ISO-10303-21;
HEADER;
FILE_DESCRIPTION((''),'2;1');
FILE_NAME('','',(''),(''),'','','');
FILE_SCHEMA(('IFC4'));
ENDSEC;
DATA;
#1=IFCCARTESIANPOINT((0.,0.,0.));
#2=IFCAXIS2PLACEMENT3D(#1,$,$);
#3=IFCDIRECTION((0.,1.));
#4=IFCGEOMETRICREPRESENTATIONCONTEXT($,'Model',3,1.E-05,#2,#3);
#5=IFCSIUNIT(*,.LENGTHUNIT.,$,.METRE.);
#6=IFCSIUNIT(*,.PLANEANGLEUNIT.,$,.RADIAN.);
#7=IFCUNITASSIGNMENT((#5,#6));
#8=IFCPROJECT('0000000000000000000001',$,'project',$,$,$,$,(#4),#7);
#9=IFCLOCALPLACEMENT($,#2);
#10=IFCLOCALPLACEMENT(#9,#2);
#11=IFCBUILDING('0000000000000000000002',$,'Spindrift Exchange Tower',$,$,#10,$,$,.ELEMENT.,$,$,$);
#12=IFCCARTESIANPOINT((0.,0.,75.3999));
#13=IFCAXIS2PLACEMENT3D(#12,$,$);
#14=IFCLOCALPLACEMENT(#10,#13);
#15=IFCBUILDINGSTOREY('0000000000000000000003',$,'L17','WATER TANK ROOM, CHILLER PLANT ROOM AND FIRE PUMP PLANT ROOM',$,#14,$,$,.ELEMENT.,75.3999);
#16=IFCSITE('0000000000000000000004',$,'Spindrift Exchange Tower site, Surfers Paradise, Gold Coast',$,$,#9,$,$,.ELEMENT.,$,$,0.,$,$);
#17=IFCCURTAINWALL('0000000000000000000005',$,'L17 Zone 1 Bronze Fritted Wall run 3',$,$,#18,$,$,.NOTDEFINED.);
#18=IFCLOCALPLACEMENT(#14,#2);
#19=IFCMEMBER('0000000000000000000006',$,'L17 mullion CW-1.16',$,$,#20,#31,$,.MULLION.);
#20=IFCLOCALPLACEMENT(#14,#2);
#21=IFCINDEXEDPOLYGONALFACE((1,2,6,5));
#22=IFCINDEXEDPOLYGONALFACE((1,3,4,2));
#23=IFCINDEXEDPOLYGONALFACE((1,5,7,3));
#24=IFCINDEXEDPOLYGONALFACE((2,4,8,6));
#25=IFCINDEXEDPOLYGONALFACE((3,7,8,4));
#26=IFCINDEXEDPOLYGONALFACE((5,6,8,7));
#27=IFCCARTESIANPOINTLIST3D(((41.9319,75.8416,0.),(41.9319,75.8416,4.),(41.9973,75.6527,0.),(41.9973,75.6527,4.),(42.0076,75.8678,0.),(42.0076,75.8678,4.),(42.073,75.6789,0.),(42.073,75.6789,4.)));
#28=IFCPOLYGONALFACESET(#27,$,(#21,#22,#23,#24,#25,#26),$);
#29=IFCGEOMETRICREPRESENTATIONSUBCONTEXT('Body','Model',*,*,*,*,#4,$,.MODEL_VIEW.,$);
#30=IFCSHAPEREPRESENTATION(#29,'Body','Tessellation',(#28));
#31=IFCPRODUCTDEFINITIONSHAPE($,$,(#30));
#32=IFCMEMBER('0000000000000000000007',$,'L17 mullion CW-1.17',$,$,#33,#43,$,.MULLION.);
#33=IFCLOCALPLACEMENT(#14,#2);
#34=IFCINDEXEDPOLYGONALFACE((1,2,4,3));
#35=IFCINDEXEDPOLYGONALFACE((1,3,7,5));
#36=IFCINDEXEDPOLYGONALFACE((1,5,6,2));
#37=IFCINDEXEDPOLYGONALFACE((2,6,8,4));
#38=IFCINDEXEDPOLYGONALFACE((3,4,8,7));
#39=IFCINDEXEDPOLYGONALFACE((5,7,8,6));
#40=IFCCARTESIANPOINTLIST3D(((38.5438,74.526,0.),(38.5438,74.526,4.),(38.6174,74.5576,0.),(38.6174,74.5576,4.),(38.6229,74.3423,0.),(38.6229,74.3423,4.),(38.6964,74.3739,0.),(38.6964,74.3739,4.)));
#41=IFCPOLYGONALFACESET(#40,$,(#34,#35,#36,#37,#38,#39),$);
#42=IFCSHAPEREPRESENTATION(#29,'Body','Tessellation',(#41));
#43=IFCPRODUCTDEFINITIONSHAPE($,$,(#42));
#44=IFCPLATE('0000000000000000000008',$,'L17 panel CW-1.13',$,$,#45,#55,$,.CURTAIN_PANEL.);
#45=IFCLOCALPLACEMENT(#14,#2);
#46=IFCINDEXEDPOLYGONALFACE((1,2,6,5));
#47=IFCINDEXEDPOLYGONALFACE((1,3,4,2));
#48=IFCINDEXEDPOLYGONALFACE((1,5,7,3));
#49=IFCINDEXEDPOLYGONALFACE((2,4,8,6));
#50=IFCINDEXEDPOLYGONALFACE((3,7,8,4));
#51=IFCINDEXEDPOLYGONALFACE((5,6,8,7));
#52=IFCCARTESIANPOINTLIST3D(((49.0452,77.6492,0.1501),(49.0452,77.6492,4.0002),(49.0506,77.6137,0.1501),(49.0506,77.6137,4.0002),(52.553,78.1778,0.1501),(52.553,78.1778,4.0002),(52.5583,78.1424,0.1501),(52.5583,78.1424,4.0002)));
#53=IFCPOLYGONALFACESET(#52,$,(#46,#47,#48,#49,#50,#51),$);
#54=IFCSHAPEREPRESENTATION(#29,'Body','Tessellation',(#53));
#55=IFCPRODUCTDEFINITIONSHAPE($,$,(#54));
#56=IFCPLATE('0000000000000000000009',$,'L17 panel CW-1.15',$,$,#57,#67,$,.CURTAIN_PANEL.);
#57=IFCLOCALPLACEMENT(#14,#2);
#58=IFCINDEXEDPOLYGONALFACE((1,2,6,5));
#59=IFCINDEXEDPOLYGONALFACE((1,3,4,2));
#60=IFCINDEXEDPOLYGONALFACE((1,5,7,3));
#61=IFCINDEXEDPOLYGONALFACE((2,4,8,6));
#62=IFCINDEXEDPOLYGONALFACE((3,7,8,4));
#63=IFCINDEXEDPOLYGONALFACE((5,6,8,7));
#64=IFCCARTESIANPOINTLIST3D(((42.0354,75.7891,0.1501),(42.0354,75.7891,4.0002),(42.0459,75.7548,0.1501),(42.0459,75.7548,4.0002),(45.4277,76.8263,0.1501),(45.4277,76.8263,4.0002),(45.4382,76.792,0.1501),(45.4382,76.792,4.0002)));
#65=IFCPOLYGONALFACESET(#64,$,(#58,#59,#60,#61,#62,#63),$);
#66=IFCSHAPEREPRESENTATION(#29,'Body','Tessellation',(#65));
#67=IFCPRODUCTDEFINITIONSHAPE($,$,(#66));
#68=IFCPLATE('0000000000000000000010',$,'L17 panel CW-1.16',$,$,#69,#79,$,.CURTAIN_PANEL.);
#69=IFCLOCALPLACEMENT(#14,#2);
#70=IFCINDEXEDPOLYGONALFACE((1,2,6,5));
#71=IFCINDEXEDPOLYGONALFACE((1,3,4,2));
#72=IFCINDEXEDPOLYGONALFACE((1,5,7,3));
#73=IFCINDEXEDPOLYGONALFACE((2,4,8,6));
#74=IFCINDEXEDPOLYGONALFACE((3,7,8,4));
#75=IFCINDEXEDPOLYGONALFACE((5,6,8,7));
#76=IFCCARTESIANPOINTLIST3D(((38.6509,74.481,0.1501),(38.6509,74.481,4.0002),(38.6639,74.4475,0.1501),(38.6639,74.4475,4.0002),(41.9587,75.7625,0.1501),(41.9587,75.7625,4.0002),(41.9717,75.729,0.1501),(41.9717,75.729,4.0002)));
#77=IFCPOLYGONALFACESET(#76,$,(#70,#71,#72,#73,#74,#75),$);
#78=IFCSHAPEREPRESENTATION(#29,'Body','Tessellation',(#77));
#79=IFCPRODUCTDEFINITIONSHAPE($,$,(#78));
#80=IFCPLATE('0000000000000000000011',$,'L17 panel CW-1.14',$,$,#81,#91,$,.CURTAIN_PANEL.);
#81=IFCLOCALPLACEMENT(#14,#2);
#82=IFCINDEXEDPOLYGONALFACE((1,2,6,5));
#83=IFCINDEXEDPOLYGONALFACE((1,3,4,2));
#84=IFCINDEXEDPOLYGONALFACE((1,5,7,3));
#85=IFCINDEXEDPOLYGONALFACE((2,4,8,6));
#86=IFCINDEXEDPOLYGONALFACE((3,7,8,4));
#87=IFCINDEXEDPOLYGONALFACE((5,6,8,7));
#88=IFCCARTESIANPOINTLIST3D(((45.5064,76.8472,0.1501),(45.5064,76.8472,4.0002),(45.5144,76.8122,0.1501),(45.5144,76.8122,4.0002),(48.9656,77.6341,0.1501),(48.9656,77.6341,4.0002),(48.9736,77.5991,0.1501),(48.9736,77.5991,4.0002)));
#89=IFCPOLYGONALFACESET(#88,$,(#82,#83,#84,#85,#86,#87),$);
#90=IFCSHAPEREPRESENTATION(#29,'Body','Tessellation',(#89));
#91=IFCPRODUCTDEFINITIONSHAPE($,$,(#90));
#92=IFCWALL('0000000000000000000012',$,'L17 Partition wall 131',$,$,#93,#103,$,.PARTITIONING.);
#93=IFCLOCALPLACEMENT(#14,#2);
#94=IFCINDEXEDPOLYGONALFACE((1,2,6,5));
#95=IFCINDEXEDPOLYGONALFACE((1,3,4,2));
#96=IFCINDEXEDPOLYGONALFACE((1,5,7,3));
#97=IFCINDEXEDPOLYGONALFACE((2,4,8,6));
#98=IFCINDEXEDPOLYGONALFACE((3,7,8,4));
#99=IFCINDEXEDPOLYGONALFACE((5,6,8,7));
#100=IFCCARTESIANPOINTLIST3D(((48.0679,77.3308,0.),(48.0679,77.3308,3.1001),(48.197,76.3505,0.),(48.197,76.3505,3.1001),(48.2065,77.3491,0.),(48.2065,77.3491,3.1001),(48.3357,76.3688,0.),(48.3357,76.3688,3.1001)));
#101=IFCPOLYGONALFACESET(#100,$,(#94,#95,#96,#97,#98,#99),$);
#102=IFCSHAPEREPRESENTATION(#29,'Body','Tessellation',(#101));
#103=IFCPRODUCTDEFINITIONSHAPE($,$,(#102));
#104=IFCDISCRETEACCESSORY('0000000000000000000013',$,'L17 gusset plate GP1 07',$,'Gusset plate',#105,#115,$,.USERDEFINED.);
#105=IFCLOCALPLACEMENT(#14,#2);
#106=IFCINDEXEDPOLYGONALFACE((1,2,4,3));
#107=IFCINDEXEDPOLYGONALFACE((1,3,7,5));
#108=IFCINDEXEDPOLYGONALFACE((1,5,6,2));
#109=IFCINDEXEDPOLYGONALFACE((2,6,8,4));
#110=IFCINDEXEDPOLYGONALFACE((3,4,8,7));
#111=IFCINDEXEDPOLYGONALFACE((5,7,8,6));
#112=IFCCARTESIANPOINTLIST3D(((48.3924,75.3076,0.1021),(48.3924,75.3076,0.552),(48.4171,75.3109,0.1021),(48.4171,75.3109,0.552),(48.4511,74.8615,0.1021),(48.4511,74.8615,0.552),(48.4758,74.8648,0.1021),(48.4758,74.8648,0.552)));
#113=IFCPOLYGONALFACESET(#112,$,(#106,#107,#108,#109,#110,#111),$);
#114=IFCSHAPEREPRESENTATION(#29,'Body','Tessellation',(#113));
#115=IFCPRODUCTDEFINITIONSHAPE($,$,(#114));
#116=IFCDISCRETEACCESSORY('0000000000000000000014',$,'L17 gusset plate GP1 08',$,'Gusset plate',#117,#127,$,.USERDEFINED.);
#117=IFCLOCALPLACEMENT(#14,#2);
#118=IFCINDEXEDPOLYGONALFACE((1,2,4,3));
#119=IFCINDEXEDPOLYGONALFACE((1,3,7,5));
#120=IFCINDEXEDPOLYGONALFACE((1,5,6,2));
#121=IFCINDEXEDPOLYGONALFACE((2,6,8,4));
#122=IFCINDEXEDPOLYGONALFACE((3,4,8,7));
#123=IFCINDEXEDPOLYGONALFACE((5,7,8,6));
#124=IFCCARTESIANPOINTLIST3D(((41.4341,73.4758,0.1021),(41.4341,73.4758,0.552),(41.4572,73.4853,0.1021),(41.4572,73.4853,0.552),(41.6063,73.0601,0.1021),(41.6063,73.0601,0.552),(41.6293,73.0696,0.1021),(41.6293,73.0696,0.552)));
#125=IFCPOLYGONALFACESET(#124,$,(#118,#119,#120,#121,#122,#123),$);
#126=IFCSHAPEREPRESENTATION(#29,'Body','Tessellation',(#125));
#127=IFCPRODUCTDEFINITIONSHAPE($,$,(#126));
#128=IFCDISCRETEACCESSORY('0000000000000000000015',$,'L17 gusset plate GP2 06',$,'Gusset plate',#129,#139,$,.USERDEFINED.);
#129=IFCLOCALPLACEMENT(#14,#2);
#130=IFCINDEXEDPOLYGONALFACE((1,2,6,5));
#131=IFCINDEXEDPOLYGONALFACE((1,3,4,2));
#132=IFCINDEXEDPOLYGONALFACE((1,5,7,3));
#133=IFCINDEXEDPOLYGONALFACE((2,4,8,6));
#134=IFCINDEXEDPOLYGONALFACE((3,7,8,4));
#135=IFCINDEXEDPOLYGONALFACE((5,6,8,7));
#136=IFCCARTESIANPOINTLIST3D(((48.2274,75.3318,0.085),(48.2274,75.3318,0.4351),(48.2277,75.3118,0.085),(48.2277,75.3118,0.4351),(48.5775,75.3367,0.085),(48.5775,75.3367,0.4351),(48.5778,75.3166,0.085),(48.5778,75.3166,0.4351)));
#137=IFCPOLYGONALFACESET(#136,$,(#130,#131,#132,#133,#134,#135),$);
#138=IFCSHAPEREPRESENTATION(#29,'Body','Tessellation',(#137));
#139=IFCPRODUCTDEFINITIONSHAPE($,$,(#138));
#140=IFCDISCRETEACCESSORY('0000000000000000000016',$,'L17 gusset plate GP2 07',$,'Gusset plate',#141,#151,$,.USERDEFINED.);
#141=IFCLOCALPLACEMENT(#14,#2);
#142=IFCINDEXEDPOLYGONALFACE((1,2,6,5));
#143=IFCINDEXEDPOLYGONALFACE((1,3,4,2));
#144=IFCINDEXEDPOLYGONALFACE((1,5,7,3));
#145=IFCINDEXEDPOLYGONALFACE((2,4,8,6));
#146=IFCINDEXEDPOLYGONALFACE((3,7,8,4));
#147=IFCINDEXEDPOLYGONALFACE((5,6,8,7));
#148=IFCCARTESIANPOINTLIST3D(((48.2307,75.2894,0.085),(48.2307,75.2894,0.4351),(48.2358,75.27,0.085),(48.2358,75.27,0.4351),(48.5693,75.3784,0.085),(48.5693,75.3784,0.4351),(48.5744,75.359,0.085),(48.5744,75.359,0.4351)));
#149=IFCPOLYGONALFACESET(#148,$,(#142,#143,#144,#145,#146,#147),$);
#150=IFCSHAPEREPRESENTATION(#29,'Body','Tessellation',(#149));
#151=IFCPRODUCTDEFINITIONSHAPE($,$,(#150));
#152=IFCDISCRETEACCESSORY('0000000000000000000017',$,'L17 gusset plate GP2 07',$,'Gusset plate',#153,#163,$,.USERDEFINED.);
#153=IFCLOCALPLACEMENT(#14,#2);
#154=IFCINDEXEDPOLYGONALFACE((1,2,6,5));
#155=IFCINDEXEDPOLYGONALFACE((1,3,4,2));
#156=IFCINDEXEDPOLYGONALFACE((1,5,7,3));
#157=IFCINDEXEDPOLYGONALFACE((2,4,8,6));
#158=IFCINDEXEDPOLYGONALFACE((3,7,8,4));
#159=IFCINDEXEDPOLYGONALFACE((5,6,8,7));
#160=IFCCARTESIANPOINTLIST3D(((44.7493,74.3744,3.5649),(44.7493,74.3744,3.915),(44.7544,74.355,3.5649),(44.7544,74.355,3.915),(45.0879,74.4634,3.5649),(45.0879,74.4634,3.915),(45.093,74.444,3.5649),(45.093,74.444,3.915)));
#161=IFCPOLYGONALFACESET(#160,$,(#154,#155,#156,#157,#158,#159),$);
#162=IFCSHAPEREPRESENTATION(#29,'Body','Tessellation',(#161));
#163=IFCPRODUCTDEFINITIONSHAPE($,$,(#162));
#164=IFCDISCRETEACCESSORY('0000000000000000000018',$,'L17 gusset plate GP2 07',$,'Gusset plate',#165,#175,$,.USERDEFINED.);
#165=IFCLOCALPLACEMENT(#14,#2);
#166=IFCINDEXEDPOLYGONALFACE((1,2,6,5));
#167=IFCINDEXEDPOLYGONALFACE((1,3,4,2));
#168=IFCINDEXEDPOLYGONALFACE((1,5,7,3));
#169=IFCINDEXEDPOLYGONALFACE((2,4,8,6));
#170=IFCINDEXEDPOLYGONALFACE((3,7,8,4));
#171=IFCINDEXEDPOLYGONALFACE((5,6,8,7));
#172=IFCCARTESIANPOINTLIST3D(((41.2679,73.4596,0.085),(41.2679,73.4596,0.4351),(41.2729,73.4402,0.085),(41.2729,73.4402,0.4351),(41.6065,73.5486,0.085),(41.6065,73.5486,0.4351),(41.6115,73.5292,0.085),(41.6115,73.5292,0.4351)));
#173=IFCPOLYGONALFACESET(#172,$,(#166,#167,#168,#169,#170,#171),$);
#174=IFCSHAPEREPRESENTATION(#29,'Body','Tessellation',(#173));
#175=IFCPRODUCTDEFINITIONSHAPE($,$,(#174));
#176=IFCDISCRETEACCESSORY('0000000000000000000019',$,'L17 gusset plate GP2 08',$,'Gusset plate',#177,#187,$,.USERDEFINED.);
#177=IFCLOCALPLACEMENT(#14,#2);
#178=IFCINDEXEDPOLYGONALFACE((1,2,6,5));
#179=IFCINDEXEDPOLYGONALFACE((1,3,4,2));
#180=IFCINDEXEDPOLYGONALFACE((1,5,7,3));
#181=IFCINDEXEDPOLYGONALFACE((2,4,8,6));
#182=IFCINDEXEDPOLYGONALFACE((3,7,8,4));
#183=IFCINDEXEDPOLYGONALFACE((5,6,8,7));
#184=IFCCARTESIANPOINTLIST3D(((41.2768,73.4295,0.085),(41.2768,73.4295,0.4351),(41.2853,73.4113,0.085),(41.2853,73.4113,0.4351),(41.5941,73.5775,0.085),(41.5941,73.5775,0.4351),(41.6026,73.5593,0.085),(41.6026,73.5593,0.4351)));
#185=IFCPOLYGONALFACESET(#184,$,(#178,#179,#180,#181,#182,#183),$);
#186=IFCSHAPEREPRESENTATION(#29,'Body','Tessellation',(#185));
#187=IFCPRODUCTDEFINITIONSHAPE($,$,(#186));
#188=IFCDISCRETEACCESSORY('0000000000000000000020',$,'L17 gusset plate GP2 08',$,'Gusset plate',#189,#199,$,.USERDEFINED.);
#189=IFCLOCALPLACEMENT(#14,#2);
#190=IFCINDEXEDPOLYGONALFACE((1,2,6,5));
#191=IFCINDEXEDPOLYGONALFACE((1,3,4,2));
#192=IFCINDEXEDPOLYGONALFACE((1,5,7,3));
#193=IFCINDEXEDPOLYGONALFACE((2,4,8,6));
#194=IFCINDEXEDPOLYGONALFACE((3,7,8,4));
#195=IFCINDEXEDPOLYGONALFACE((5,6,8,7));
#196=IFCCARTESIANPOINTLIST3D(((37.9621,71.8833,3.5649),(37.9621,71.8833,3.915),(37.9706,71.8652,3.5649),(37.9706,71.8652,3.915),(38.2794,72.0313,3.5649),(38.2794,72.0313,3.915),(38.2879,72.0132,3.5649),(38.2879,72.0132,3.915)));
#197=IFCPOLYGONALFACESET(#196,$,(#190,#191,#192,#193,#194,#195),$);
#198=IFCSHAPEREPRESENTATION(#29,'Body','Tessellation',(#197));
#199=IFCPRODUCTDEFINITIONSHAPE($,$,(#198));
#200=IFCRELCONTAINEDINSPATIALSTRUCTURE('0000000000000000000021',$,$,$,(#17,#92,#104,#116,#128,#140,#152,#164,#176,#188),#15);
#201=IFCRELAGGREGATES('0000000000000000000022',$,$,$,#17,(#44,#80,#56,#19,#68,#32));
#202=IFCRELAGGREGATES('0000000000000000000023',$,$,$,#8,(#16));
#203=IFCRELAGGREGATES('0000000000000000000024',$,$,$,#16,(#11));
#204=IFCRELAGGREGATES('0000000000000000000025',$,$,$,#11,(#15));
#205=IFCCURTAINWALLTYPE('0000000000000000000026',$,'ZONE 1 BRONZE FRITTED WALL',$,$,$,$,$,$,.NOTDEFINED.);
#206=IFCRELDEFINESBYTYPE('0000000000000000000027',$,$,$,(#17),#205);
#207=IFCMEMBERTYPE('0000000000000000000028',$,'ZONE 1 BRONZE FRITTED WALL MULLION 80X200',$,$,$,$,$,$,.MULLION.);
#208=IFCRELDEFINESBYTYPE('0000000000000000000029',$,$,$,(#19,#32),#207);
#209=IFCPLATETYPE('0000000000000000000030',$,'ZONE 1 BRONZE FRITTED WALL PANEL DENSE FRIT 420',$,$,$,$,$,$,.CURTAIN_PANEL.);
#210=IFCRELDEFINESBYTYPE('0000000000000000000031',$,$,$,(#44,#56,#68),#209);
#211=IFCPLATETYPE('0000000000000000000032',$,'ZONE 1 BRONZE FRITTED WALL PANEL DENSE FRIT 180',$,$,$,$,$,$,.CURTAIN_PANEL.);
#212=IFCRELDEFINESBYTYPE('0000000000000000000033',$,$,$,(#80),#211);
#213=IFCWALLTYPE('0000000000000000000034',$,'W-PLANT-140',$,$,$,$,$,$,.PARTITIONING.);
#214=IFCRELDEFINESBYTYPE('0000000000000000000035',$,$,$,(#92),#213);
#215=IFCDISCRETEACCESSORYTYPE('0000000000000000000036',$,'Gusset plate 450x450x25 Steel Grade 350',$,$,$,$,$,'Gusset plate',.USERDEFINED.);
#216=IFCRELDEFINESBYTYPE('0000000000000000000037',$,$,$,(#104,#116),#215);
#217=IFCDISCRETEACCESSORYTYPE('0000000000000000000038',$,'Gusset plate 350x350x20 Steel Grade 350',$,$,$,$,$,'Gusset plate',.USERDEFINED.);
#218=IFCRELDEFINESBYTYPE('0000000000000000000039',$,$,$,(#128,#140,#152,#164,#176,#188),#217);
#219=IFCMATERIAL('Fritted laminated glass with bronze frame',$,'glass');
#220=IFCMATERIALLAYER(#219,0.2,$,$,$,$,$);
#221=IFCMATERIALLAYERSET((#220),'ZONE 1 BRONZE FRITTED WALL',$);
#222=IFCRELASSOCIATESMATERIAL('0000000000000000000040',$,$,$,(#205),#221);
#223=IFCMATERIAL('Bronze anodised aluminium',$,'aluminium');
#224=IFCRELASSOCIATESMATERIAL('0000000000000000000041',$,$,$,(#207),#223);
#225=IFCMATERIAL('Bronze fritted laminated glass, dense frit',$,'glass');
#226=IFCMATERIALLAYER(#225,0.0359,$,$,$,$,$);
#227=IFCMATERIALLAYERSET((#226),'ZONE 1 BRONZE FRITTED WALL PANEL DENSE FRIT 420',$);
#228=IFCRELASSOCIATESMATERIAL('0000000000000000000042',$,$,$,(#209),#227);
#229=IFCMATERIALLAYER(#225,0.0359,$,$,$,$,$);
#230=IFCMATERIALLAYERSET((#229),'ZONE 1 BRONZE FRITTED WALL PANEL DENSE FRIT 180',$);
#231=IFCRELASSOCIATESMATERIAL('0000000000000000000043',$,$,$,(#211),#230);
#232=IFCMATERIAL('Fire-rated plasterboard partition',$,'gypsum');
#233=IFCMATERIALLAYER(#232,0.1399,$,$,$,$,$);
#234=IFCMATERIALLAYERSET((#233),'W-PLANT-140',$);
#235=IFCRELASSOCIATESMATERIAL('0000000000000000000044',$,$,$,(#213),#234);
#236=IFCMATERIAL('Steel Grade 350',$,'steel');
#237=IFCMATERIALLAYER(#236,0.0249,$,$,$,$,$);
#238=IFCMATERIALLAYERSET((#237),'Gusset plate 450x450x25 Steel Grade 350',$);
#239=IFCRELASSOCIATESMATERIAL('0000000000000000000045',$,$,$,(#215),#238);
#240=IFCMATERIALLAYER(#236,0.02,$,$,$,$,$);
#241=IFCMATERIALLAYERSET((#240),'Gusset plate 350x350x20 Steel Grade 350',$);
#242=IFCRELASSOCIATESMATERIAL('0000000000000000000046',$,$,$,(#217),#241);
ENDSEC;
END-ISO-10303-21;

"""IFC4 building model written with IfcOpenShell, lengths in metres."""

from ifc_helpers import new_model, si_unit, direction, frame, frame_2d, origin, origin_2d, place, context, subcontext, project, spatial, rectangle, extrude, source, transform, mapped, material, layer, layer_set, material_profile, profile_set, type_object, element, aggregate, save


model = new_model("IFC4")

# Units and contexts
model_context = context("Model", 3, precision=1e-05, world=origin(), true_north=direction((0.0, 1.0)))
body_context = subcontext(model_context, "Body", "Model", "MODEL_VIEW")
ifc_project = project(units=[si_unit("LENGTHUNIT", "METRE"), si_unit("PLANEANGLEUNIT", "RADIAN")], contexts=[model_context])

# Site, building, storey
site_placement = place(None, origin())
site = spatial("IfcSite", under=ifc_project, at=site_placement, Name="Spindrift Exchange Tower site, Surfers Paradise, Gold Coast", CompositionType="ELEMENT", RefElevation=0.0)
building_placement = place(site_placement, origin())
building = spatial("IfcBuilding", under=site, at=building_placement, Name="Spindrift Exchange Tower", CompositionType="ELEMENT")
storey_placement = place(building_placement, frame((0.0, 0.0, 75.3999)))
storey = spatial("IfcBuildingStorey", under=building, at=storey_placement, Name="L17", Description="WATER TANK ROOM, CHILLER PLANT ROOM AND FIRE PUMP PLANT ROOM", CompositionType="ELEMENT", Elevation=75.3999)

# Shared definitions
ifc_material_1 = material(Name="Steel Grade 350", Category="steel")

# Curtain wall, members, plates
ifc_material_2 = material(Name="Fritted laminated glass with bronze frame", Category="glass")
ifc_layer_1 = layer(ifc_material_2, 0.2)
ifc_layer_set_1 = layer_set([ifc_layer_1], Name="ZONE 1 BRONZE FRITTED WALL")
curtain_wall_type = type_object("IfcCurtainWallType", Name="ZONE 1 BRONZE FRITTED WALL", PredefinedType="NOTDEFINED", material=ifc_layer_set_1)
curtain_wall_placement = place(storey_placement, origin())
curtain_wall = element("IfcCurtainWall", 1, at=curtain_wall_placement, inside=storey, type_object=curtain_wall_type, Name="L17 Zone 1 Bronze Fritted Wall run 3", PredefinedType="NOTDEFINED")
ifc_material_3 = material(Name="Bronze anodised aluminium", Category="aluminium")
ifc_material_profile_1 = material_profile(ifc_material_3, rectangle(XDim=0.0801, YDim=0.2, at=origin_2d()), Name="ZONE 1 BRONZE FRITTED WALL MULLION 80X200")
ifc_profile_set_1 = profile_set([ifc_material_profile_1], Name="Bronze anodised aluminium")
member_type_1 = type_object("IfcMemberType", Name="ZONE 1 BRONZE FRITTED WALL MULLION 80X200", PredefinedType="MULLION", material=ifc_profile_set_1)
shared_shape_1 = source(origin(), body_context, "Body", "SweptSolid", [
    extrude(rectangle(XDim=0.0801, YDim=0.2, at=origin_2d()), origin(), (0.0, 0.0, 1.0), 4.0),
])
member_1_placement = place(storey_placement, frame((42.0024, 75.7603, 0.0), z_axis=(0.0, 0.0, 1.0), x_axis=(-0.945012, -0.327036, 0.0)))
member_1 = element("IfcMember", 2, at=member_1_placement, type_object=member_type_1, Name="L17 mullion CW-1.16", PredefinedType="MULLION", context=body_context, shape_type="MappedRepresentation", body=[
    mapped(shared_shape_1, transform((0.0, 0.0, 0.0), scale=1.0)),
])
member_2_placement = place(storey_placement, frame((38.6201, 74.45, 0.0), z_axis=(0.0, 0.0, 1.0), x_axis=(-0.918576, -0.395245, 0.0)))
member_2 = element("IfcMember", 3, at=member_2_placement, type_object=member_type_1, Name="L17 mullion CW-1.17", PredefinedType="MULLION", context=body_context, shape_type="MappedRepresentation", body=[
    mapped(shared_shape_1, transform((0.0, 0.0, 0.0), scale=1.0)),
])
ifc_material_4 = material(Name="Bronze fritted laminated glass, dense frit", Category="glass")
ifc_layer_2 = layer(ifc_material_4, 0.0359)
ifc_layer_set_2 = layer_set([ifc_layer_2], Name="ZONE 1 BRONZE FRITTED WALL PANEL DENSE FRIT 420")
plate_type_1 = type_object("IfcPlateType", Name="ZONE 1 BRONZE FRITTED WALL PANEL DENSE FRIT 420", PredefinedType="CURTAIN_PANEL", material=ifc_layer_set_2)
shared_shape_2 = source(origin(), body_context, "Body", "SweptSolid", [
    extrude(rectangle(XDim=3.5474, YDim=0.0359, at=origin_2d()), origin(), (0.0, 0.0, 1.0), 3.8501),
])
plate_1_placement = place(storey_placement, frame((50.8018, 77.8958, 0.1501), z_axis=(0.0, 0.0, 1.0), x_axis=(-0.988832, -0.149037, 0.0)))
plate_1 = element("IfcPlate", 4, at=plate_1_placement, type_object=plate_type_1, Name="L17 panel CW-1.13", PredefinedType="CURTAIN_PANEL", context=body_context, shape_type="MappedRepresentation", body=[
    mapped(shared_shape_2, transform((0.0, 0.0, 0.0), scale=1.0)),
])
plate_2_placement = place(storey_placement, frame((43.7368, 76.2905, 0.1501), z_axis=(0.0, 0.0, 1.0), x_axis=(-0.956301, -0.292385, 0.0)))
plate_2 = element("IfcPlate", 5, at=plate_2_placement, type_object=plate_type_1, Name="L17 panel CW-1.15", PredefinedType="CURTAIN_PANEL", context=body_context, shape_type="MappedRepresentation", body=[
    mapped(shared_shape_2, transform((0.0, 0.0, 0.0), scale=1.0)),
])
plate_3_placement = place(storey_placement, frame((40.3113, 75.105, 0.1501), z_axis=(0.0, 0.0, 1.0), x_axis=(-0.932468, -0.361254, 0.0)))
plate_3 = element("IfcPlate", 6, at=plate_3_placement, type_object=plate_type_1, Name="L17 panel CW-1.16", PredefinedType="CURTAIN_PANEL", context=body_context, shape_type="MappedRepresentation", body=[
    mapped(shared_shape_2, transform((0.0, 0.0, 0.0), scale=1.0)),
])
ifc_layer_3 = layer(ifc_material_4, 0.0359)
ifc_layer_set_3 = layer_set([ifc_layer_3], Name="ZONE 1 BRONZE FRITTED WALL PANEL DENSE FRIT 180")
plate_type_2 = type_object("IfcPlateType", Name="ZONE 1 BRONZE FRITTED WALL PANEL DENSE FRIT 180", PredefinedType="CURTAIN_PANEL", material=ifc_layer_set_3)
shared_shape_3 = source(origin(), body_context, "Body", "SweptSolid", [
    extrude(rectangle(XDim=3.5476, YDim=0.0359, at=origin_2d()), origin(), (0.0, 0.0, 1.0), 3.8501),
])
plate_4_placement = place(storey_placement, frame((47.24, 77.2231, 0.1501), z_axis=(0.0, 0.0, 1.0), x_axis=(-0.97509, -0.221809, 0.0)))
plate_4 = element("IfcPlate", 7, at=plate_4_placement, type_object=plate_type_2, Name="L17 panel CW-1.14", PredefinedType="CURTAIN_PANEL", context=body_context, shape_type="MappedRepresentation", body=[
    mapped(shared_shape_3, transform((0.0, 0.0, 0.0), scale=1.0)),
])
aggregate(curtain_wall, [plate_1, plate_4, plate_2, member_1, plate_3, member_2])

# Wall
ifc_material_5 = material(Name="Fire-rated plasterboard partition", Category="gypsum")
ifc_layer_4 = layer(ifc_material_5, 0.1399)
ifc_layer_set_4 = layer_set([ifc_layer_4], Name="W-PLANT-140")
wall_type = type_object("IfcWallType", Name="W-PLANT-140", PredefinedType="PARTITIONING", material=ifc_layer_set_4)
wall_placement = place(storey_placement, frame((48.2664, 76.3596, 0.0), z_axis=(0.0, 0.0, 1.0), x_axis=(-0.130627, 0.991432, 0.0)))
element("IfcWall", 8, at=wall_placement, inside=storey, type_object=wall_type, Name="L17 Partition wall 131", PredefinedType="PARTITIONING", context=body_context, shape_type="SweptSolid", body=[
    extrude(rectangle(XDim=0.9888, YDim=0.1399, at=frame_2d((0.4944, 0.0))), origin(), (0.0, 0.0, 1.0), 3.1001),
])

# Discrete accessories
ifc_layer_5 = layer(ifc_material_1, 0.0249)
ifc_layer_set_5 = layer_set([ifc_layer_5], Name="Gusset plate 450x450x25 Steel Grade 350")
discrete_accessory_type_1 = type_object("IfcDiscreteAccessoryType", Name="Gusset plate 450x450x25 Steel Grade 350", ElementType="Gusset plate", PredefinedType="USERDEFINED", material=ifc_layer_set_5)
shared_shape_4 = source(origin(), body_context, "Body", "SweptSolid", [
    extrude(rectangle(XDim=0.45, YDim=0.0249, at=origin_2d()), origin(), (0.0, 0.0, 1.0), 0.45),
])
for number, where, z_axis, x_axis, name in (
    (9, (48.4341, 75.0862, 0.1021), (0.0, 0.0, 1.0), (-0.13053, 0.991444, 0.0), "L17 gusset plate GP1 07"),
    (10, (41.5317, 73.2727, 0.1021), (0.0, 0.0, 1.0), (-0.382671, 0.923885, 0.0), "L17 gusset plate GP1 08"),
):
    element("IfcDiscreteAccessory", number, at=place(storey_placement, frame(where, z_axis=z_axis, x_axis=x_axis)), inside=storey, type_object=discrete_accessory_type_1, Name=name, ObjectType="Gusset plate", PredefinedType="USERDEFINED", context=body_context, shape_type="MappedRepresentation", body=[
        mapped(shared_shape_4, transform((0.0, 0.0, 0.0), scale=1.0)),
    ])
ifc_layer_6 = layer(ifc_material_1, 0.02)
ifc_layer_set_6 = layer_set([ifc_layer_6], Name="Gusset plate 350x350x20 Steel Grade 350")
discrete_accessory_type_2 = type_object("IfcDiscreteAccessoryType", Name="Gusset plate 350x350x20 Steel Grade 350", ElementType="Gusset plate", PredefinedType="USERDEFINED", material=ifc_layer_set_6)
shared_shape_5 = source(origin(), body_context, "Body", "SweptSolid", [
    extrude(rectangle(XDim=0.3501, YDim=0.02, at=origin_2d()), origin(), (0.0, 0.0, 1.0), 0.3501),
])
for number, where, z_axis, x_axis, name in (
    (11, (48.4026, 75.3242, 0.085), (0.0, 0.0, 1.0), (-0.999903, -0.013901, 0.0), "L17 gusset plate GP2 06"),
    (12, (48.4026, 75.3242, 0.085), (0.0, 0.0, 1.0), (-0.967162, -0.25416, 0.0), "L17 gusset plate GP2 07"),
    (13, (44.9211, 74.4092, 3.5649), (0.0, 0.0, 1.0), (-0.967162, -0.25416, 0.0), "L17 gusset plate GP2 07"),
    (14, (41.4397, 73.4944, 0.085), (0.0, 0.0, 1.0), (-0.967167, -0.254141, 0.0), "L17 gusset plate GP2 07"),
    (15, (41.4397, 73.4944, 0.085), (0.0, 0.0, 1.0), (-0.906242, -0.422759, 0.0), "L17 gusset plate GP2 08"),
    (16, (38.125, 71.9482, 3.5649), (0.0, 0.0, 1.0), (-0.906242, -0.422759, 0.0), "L17 gusset plate GP2 08"),
):
    element("IfcDiscreteAccessory", number, at=place(storey_placement, frame(where, z_axis=z_axis, x_axis=x_axis)), inside=storey, type_object=discrete_accessory_type_2, Name=name, ObjectType="Gusset plate", PredefinedType="USERDEFINED", context=body_context, shape_type="MappedRepresentation", body=[
        mapped(shared_shape_5, transform((0.0, 0.0, 0.0), scale=1.0)),
    ])

save(model, "model.ifc")
